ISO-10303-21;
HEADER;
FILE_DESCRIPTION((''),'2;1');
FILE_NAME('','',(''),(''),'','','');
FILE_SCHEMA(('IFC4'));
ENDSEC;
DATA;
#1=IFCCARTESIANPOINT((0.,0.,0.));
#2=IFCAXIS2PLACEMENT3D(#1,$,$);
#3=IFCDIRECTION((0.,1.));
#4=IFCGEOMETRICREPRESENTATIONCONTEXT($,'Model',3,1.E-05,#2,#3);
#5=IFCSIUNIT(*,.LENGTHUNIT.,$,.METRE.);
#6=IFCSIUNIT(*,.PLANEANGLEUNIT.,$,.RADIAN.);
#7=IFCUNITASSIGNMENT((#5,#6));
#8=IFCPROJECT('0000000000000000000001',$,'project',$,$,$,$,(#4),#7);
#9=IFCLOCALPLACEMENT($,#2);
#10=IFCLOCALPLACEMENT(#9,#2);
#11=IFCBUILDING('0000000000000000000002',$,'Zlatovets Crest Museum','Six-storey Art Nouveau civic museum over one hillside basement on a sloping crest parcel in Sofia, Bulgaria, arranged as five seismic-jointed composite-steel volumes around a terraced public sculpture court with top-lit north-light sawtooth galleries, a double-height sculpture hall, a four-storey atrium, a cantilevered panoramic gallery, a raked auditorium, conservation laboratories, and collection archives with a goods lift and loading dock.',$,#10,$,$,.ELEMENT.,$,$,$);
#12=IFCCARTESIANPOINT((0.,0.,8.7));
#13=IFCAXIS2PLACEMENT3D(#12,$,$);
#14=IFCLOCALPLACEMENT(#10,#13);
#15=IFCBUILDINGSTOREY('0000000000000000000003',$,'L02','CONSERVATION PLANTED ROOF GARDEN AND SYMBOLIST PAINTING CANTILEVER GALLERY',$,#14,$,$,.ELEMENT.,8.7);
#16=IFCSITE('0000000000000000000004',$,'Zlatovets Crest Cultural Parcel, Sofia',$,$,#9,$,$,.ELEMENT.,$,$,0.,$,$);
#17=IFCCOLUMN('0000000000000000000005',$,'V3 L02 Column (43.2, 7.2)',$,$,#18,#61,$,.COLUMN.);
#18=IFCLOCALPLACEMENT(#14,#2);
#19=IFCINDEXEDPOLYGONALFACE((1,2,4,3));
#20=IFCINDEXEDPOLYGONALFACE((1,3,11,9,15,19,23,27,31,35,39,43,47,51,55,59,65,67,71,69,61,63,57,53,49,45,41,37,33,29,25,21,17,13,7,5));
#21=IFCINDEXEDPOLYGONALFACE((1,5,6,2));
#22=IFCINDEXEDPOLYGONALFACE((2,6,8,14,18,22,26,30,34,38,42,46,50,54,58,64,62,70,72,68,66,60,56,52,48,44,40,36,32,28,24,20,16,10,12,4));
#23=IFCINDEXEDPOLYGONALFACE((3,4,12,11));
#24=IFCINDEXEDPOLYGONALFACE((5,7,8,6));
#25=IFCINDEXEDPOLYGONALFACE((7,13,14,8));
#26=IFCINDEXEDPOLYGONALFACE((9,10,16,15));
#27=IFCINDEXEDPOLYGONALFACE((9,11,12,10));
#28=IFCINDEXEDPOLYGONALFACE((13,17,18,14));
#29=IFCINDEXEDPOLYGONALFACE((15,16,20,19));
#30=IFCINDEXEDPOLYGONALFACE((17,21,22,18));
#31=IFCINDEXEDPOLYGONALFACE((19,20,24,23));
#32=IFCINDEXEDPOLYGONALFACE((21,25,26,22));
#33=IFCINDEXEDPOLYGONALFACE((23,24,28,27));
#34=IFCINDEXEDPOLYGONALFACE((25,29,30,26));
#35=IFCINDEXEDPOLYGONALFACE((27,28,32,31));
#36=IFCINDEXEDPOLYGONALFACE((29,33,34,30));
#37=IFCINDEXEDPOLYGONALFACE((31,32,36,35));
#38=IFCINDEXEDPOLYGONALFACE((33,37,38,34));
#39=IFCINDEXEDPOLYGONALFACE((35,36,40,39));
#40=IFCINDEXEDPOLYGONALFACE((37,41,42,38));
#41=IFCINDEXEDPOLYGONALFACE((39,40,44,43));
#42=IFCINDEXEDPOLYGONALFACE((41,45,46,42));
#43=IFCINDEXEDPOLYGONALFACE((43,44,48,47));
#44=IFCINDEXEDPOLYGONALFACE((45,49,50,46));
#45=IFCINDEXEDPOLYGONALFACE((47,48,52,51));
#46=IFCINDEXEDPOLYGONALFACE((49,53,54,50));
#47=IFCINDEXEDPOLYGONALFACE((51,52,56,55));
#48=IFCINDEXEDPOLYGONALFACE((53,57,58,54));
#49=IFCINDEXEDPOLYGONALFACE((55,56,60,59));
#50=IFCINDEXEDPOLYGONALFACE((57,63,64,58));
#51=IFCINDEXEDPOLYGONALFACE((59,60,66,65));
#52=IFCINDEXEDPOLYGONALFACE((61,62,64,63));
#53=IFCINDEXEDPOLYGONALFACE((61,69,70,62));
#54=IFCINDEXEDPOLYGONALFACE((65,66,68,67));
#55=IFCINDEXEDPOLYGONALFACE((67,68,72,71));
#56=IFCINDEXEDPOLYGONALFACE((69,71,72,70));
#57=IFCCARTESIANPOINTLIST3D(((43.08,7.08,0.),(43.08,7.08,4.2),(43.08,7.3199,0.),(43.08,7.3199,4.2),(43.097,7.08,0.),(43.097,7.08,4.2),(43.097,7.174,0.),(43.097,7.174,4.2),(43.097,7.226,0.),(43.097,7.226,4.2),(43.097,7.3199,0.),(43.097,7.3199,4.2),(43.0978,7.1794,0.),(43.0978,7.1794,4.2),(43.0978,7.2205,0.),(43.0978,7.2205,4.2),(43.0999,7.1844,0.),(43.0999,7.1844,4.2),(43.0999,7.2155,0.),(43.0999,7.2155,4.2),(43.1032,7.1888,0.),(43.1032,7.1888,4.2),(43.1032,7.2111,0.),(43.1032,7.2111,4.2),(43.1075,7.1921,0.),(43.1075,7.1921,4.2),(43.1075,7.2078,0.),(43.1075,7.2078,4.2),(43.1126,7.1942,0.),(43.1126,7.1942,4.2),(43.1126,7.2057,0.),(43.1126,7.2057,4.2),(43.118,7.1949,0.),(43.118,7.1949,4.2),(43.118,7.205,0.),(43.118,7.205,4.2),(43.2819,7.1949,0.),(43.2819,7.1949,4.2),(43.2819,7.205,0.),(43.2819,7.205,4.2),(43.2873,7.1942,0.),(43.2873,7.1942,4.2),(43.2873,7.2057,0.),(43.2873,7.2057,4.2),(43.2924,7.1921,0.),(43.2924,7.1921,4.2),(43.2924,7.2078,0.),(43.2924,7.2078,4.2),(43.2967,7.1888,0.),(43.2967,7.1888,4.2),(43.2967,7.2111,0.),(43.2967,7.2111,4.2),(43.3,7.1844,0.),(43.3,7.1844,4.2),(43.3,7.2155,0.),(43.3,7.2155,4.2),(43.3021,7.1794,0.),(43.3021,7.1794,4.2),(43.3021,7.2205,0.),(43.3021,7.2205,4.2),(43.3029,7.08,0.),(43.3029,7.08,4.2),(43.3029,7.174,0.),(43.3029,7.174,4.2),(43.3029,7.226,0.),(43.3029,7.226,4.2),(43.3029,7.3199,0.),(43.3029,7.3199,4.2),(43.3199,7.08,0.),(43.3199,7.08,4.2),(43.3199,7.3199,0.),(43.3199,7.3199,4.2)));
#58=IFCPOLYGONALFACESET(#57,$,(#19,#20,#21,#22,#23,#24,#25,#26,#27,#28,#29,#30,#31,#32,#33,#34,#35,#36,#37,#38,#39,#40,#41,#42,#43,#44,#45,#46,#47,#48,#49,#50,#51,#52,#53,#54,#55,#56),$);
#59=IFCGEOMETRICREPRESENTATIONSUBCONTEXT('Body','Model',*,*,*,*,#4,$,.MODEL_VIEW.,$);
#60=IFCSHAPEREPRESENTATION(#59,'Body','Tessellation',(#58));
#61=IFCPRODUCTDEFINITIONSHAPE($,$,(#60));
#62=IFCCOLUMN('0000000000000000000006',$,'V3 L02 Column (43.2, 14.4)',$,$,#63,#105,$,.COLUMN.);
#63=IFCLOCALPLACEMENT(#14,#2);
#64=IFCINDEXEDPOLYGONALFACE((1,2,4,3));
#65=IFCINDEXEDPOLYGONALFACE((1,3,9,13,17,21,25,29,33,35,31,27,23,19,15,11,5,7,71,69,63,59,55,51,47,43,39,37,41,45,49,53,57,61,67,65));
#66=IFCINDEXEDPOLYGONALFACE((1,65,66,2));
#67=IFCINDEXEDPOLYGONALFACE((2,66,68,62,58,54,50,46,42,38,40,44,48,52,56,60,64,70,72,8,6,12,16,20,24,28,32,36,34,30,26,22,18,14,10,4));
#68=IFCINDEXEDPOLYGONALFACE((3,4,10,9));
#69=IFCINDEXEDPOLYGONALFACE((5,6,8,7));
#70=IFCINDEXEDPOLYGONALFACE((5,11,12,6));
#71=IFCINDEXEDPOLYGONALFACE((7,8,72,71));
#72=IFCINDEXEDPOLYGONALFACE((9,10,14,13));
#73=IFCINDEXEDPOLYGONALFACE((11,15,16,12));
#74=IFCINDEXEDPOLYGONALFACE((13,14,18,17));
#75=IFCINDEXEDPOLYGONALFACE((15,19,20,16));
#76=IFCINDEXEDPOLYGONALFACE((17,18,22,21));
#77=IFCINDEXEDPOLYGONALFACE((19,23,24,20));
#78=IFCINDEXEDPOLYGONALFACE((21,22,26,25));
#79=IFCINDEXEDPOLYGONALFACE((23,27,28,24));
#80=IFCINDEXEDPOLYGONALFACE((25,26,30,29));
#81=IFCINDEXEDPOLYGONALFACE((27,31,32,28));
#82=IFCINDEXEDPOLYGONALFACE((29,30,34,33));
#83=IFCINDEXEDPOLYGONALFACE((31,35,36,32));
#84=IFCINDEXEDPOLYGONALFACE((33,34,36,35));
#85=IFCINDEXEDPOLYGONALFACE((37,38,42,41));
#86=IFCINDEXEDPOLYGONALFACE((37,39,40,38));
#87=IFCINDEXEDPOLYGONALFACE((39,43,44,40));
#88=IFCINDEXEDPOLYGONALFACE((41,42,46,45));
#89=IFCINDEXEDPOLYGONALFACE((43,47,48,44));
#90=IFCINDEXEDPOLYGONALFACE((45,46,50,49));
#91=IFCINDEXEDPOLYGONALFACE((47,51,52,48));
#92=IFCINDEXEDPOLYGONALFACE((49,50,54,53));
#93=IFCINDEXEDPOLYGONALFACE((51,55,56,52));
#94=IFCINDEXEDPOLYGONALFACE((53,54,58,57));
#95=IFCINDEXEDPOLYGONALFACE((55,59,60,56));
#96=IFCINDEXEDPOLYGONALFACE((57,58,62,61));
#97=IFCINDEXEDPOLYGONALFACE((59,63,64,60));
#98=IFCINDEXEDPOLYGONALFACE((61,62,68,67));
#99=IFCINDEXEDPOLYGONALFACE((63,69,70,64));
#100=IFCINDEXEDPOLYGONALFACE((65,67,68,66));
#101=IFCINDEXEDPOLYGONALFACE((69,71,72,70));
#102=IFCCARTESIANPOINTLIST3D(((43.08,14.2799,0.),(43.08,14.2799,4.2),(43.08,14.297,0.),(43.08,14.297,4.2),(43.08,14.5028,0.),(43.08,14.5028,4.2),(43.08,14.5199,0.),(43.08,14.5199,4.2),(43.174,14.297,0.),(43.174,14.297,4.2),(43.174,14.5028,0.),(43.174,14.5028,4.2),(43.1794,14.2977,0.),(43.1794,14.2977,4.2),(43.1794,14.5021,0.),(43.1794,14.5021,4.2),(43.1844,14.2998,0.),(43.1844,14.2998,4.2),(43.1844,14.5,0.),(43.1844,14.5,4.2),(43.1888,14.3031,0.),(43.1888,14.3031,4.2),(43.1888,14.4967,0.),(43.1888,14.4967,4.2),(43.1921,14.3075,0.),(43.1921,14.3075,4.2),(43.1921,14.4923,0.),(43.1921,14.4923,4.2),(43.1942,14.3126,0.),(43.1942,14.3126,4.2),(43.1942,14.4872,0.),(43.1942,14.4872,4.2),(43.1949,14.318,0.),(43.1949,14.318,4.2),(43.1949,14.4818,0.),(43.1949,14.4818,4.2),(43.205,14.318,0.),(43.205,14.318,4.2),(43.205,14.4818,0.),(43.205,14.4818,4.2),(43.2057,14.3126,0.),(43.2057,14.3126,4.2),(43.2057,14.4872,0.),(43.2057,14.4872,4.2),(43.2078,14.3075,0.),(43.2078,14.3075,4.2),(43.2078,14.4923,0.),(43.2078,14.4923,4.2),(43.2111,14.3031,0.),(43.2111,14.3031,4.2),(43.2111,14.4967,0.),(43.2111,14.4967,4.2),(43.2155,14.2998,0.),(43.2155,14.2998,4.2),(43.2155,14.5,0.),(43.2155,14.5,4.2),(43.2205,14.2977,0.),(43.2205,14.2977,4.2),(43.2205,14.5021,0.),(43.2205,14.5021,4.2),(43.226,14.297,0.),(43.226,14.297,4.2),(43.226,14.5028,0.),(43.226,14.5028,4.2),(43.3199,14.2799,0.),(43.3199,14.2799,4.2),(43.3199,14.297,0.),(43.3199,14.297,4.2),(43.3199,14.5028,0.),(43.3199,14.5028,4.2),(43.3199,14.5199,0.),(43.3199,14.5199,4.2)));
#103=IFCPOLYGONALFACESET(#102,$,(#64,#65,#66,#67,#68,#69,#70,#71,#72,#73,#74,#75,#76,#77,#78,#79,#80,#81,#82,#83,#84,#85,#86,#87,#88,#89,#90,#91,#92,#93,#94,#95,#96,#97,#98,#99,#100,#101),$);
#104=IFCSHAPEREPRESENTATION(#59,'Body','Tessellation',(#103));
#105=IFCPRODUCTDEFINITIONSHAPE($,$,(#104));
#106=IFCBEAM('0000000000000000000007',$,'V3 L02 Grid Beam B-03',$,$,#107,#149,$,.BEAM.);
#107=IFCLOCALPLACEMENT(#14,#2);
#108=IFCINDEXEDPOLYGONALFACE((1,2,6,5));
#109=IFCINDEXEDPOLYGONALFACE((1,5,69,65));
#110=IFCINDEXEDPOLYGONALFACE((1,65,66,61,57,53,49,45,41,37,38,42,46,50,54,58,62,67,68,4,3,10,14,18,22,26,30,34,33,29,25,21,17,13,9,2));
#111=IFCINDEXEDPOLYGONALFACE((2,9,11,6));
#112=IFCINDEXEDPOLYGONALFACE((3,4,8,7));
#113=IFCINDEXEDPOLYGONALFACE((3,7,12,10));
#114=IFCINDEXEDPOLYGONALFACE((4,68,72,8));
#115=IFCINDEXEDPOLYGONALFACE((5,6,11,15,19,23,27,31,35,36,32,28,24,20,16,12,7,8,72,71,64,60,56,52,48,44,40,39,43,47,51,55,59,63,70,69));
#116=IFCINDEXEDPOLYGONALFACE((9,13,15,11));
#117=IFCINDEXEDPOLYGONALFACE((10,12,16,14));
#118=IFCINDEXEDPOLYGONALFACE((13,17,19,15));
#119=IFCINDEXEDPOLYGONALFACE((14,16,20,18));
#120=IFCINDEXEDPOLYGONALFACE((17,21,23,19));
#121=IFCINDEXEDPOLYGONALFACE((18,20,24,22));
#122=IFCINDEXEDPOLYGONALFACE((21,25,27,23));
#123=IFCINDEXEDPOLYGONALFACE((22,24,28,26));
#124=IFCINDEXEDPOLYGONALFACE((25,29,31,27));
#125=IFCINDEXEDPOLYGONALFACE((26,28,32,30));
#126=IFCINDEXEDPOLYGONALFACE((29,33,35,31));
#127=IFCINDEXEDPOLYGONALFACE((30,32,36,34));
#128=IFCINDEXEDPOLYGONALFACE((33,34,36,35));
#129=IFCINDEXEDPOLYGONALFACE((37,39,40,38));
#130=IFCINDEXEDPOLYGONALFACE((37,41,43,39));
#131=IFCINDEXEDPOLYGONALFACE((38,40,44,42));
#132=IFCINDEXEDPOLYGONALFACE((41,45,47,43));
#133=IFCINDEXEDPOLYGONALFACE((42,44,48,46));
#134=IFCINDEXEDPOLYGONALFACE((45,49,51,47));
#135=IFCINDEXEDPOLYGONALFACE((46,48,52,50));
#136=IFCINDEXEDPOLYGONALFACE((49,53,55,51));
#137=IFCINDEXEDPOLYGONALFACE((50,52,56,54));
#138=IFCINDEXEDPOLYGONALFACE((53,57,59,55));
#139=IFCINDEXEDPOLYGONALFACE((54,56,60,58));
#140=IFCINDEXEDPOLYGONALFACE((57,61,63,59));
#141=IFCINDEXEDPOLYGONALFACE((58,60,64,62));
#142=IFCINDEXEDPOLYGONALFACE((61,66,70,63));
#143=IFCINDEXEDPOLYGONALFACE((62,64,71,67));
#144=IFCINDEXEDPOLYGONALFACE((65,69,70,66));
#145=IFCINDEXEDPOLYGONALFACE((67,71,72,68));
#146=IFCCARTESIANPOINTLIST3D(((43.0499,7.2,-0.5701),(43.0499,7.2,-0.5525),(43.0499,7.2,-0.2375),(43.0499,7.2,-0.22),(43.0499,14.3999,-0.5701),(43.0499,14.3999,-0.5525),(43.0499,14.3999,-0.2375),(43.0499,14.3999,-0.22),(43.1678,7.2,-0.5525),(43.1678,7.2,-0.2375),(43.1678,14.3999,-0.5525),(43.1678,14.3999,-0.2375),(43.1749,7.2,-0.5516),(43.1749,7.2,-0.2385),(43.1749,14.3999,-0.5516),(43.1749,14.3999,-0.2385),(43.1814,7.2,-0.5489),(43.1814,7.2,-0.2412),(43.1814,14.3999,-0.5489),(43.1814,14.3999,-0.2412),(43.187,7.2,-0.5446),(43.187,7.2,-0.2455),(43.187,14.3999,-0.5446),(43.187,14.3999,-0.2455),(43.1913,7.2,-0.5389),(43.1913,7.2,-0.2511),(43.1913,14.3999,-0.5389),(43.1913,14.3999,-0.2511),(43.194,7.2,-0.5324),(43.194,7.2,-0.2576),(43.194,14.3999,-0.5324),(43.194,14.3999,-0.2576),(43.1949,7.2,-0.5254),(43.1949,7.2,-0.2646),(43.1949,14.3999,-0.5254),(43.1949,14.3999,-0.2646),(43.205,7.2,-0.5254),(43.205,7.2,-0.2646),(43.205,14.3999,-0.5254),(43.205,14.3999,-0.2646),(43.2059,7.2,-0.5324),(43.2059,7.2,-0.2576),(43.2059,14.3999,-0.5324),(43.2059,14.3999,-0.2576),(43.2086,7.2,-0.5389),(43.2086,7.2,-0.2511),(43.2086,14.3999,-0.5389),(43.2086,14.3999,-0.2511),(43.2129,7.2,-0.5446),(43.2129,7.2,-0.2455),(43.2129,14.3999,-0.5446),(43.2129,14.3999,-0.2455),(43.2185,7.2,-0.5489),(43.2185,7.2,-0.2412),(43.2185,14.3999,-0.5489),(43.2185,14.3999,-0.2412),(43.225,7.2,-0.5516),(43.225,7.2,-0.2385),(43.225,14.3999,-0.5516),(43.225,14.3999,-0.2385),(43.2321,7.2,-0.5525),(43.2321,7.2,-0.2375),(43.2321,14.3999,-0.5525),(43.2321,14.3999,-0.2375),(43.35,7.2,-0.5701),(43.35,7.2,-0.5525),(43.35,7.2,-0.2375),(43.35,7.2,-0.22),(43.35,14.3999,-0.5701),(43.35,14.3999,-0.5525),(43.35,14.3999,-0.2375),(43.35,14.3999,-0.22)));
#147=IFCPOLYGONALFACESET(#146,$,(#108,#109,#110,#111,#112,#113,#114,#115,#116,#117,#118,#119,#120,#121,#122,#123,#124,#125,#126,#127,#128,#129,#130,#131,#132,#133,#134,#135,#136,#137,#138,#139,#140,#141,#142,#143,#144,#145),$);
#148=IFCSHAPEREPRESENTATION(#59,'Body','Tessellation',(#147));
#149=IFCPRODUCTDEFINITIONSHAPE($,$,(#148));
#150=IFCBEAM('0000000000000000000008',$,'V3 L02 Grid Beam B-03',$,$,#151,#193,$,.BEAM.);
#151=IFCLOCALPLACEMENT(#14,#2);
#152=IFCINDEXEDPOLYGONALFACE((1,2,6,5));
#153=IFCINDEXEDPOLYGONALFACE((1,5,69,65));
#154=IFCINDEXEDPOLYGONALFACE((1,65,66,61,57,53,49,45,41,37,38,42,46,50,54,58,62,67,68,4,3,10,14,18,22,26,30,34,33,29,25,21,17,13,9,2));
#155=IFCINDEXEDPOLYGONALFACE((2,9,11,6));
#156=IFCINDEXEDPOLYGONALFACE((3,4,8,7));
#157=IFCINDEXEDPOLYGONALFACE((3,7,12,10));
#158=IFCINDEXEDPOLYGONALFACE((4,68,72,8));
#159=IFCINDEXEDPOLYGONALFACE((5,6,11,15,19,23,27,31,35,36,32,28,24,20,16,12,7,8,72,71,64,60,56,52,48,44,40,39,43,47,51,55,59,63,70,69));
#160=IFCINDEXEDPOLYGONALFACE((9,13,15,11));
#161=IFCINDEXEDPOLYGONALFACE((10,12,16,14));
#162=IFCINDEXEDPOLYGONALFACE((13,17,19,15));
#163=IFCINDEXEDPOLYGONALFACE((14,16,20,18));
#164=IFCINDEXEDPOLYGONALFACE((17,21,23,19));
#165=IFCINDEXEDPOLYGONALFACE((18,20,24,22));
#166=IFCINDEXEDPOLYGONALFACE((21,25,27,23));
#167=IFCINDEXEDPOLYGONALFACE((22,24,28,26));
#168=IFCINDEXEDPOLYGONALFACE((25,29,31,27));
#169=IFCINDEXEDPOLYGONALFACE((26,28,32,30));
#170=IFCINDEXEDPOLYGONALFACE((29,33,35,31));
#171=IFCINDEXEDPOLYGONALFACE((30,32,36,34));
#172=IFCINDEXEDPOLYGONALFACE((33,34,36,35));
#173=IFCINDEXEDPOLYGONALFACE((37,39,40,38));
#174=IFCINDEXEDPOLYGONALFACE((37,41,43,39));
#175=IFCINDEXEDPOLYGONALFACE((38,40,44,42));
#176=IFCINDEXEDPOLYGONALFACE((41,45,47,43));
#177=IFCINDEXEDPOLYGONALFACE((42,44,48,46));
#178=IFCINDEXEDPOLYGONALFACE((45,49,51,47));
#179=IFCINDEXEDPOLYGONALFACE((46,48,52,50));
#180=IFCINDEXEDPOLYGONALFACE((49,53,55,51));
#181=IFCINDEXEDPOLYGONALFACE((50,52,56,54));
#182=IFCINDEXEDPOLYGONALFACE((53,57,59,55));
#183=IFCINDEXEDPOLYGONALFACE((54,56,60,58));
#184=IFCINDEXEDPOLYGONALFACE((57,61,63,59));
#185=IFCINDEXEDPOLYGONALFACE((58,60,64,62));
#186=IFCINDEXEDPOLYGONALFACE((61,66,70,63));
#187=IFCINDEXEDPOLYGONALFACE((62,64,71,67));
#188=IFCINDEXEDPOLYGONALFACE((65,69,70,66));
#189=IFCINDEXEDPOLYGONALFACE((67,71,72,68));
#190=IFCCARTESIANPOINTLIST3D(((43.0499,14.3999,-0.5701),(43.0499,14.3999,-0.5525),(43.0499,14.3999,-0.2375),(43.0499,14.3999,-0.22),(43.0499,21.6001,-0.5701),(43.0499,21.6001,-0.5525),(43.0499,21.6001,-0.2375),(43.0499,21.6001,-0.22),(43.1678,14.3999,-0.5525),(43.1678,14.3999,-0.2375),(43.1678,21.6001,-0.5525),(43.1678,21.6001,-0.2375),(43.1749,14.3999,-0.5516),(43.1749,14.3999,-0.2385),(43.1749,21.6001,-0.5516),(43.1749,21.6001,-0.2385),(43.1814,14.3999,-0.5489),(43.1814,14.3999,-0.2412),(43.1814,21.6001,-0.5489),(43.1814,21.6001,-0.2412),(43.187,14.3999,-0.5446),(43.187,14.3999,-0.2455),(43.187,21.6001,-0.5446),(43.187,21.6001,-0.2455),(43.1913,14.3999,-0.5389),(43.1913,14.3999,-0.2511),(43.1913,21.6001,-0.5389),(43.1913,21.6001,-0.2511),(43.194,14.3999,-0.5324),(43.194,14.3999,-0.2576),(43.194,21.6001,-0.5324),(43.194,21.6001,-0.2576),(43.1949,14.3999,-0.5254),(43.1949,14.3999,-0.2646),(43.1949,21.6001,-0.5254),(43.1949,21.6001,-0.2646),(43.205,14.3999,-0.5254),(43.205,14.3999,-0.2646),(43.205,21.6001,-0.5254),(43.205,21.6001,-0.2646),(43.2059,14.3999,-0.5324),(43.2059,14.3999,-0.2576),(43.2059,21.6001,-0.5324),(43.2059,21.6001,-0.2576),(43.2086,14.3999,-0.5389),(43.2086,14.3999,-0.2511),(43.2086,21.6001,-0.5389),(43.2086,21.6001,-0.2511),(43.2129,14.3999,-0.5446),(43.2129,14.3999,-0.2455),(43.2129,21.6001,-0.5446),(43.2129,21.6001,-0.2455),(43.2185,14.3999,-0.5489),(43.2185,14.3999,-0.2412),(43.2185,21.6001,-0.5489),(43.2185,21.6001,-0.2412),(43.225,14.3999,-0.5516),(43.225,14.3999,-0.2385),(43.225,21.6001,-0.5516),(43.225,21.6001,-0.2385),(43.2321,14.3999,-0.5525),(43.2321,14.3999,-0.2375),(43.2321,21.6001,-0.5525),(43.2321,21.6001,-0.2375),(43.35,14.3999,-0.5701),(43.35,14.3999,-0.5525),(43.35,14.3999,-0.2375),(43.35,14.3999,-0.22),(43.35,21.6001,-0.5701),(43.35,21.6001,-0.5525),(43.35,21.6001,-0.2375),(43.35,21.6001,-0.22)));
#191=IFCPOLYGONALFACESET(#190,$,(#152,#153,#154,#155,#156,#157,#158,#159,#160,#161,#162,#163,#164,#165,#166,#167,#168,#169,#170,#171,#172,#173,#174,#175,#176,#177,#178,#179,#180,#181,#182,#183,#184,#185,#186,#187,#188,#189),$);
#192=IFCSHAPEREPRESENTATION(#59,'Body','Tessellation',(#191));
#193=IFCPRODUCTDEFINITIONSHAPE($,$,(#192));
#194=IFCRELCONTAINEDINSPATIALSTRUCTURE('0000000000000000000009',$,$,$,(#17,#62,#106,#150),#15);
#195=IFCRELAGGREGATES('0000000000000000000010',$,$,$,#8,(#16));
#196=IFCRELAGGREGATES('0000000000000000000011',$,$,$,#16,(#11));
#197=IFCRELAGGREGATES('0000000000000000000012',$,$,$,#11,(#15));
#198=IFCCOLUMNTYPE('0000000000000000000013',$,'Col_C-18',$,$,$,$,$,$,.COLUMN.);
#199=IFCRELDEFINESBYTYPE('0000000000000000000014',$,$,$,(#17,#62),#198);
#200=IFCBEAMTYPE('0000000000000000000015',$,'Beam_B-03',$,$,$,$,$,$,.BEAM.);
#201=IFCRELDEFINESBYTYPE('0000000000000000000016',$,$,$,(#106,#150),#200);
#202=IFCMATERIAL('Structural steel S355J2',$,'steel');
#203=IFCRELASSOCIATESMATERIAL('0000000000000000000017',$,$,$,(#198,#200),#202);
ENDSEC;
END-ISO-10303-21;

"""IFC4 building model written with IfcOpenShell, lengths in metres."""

from ifc_helpers import new_model, si_unit, direction, frame, origin, origin_2d, place, context, subcontext, project, spatial, i_section, extrude, material, material_profile, profile_set, type_object, element, save


model = new_model("IFC4")

# Units and contexts
model_context = context("Model", 3, precision=1e-05, world=origin(), true_north=direction((0.0, 1.0)))
body_context = subcontext(model_context, "Body", "Model", "MODEL_VIEW")
ifc_project = project(units=[si_unit("LENGTHUNIT", "METRE"), si_unit("PLANEANGLEUNIT", "RADIAN")], contexts=[model_context])

# Site, building, storey
site_placement = place(None, origin())
site = spatial("IfcSite", under=ifc_project, at=site_placement, Name="Zlatovets Crest Cultural Parcel, Sofia", CompositionType="ELEMENT", RefElevation=0.0)
building_placement = place(site_placement, origin())
building = spatial("IfcBuilding", under=site, at=building_placement, Name="Zlatovets Crest Museum", Description="Six-storey Art Nouveau civic museum over one hillside basement on a sloping crest parcel in Sofia, Bulgaria, arranged as five seismic-jointed composite-steel volumes around a terraced public sculpture court with top-lit north-light sawtooth galleries, a double-height sculpture hall, a four-storey atrium, a cantilevered panoramic gallery, a raked auditorium, conservation laboratories, and collection archives with a goods lift and loading dock.", CompositionType="ELEMENT")
storey_placement = place(building_placement, frame((0.0, 0.0, 8.7)))
storey = spatial("IfcBuildingStorey", under=building, at=storey_placement, Name="L02", Description="CONSERVATION PLANTED ROOF GARDEN AND SYMBOLIST PAINTING CANTILEVER GALLERY", CompositionType="ELEMENT", Elevation=8.7)

# Columns
ifc_material_1 = material(Name="Structural steel S355J2", Category="steel")
ifc_material_profile_1 = material_profile(ifc_material_1, i_section(OverallWidth=0.24, OverallDepth=0.24, WebThickness=0.01, FlangeThickness=0.0171, FilletRadius=0.021, at=origin_2d()), Name="HEB 240")
ifc_profile_set_1 = profile_set([ifc_material_profile_1], Name="Structural steel S355J2")
column_type = type_object("IfcColumnType", Name="Col_C-18", PredefinedType="COLUMN", material=ifc_profile_set_1)
for number, where, z_axis, x_axis, name in (
    (1, (43.2, 7.2, 0.0), (0.0, 0.0, 1.0), (0.0, 1.0, 0.0), "V3 L02 Column (43.2, 7.2)"),
    (2, (43.2, 14.3999, 0.0), (0.0, 0.0, 1.0), (1.0, 0.0, 0.0), "V3 L02 Column (43.2, 14.4)"),
):
    element("IfcColumn", number, at=place(storey_placement, frame(where, z_axis=z_axis, x_axis=x_axis)), inside=storey, type_object=column_type, Name=name, PredefinedType="COLUMN", context=body_context, shape_type="SweptSolid", body=[
        extrude(i_section(OverallWidth=0.24, OverallDepth=0.24, WebThickness=0.01, FlangeThickness=0.0171, FilletRadius=0.021, at=origin_2d()), origin(), (0.0, 0.0, 1.0), 4.2),
    ])

# Beams
ifc_material_profile_2 = material_profile(ifc_material_1, i_section(OverallWidth=0.3, OverallDepth=0.3501, WebThickness=0.01, FlangeThickness=0.0176, FilletRadius=0.0271, at=origin_2d()), Name="HEA 360")
ifc_profile_set_2 = profile_set([ifc_material_profile_2], Name="Structural steel S355J2")
beam_type_1 = type_object("IfcBeamType", Name="Beam_B-03", PredefinedType="BEAM", material=ifc_profile_set_2)
beam_1_placement = place(storey_placement, frame((43.2, 7.2, -0.395), z_axis=(0.0, 1.0, 0.0), x_axis=(-1.0, 0.0, 0.0)))
element("IfcBeam", 3, at=beam_1_placement, inside=storey, type_object=beam_type_1, Name="V3 L02 Grid Beam B-03", PredefinedType="BEAM", context=body_context, shape_type="SweptSolid", body=[
    extrude(i_section(OverallWidth=0.3, OverallDepth=0.3501, WebThickness=0.01, FlangeThickness=0.0176, FilletRadius=0.0271, at=origin_2d()), origin(), (0.0, 0.0, 1.0), 7.2),
])
beam_2_placement = place(storey_placement, frame((43.2, 14.3999, -0.395), z_axis=(0.0, 1.0, 0.0), x_axis=(-1.0, 0.0, 0.0)))
element("IfcBeam", 4, at=beam_2_placement, inside=storey, type_object=beam_type_1, Name="V3 L02 Grid Beam B-03", PredefinedType="BEAM", context=body_context, shape_type="SweptSolid", body=[
    extrude(i_section(OverallWidth=0.3, OverallDepth=0.3501, WebThickness=0.01, FlangeThickness=0.0176, FilletRadius=0.0271, at=origin_2d()), origin(), (0.0, 0.0, 1.0), 7.2002),
])

save(model, "model.ifc")
